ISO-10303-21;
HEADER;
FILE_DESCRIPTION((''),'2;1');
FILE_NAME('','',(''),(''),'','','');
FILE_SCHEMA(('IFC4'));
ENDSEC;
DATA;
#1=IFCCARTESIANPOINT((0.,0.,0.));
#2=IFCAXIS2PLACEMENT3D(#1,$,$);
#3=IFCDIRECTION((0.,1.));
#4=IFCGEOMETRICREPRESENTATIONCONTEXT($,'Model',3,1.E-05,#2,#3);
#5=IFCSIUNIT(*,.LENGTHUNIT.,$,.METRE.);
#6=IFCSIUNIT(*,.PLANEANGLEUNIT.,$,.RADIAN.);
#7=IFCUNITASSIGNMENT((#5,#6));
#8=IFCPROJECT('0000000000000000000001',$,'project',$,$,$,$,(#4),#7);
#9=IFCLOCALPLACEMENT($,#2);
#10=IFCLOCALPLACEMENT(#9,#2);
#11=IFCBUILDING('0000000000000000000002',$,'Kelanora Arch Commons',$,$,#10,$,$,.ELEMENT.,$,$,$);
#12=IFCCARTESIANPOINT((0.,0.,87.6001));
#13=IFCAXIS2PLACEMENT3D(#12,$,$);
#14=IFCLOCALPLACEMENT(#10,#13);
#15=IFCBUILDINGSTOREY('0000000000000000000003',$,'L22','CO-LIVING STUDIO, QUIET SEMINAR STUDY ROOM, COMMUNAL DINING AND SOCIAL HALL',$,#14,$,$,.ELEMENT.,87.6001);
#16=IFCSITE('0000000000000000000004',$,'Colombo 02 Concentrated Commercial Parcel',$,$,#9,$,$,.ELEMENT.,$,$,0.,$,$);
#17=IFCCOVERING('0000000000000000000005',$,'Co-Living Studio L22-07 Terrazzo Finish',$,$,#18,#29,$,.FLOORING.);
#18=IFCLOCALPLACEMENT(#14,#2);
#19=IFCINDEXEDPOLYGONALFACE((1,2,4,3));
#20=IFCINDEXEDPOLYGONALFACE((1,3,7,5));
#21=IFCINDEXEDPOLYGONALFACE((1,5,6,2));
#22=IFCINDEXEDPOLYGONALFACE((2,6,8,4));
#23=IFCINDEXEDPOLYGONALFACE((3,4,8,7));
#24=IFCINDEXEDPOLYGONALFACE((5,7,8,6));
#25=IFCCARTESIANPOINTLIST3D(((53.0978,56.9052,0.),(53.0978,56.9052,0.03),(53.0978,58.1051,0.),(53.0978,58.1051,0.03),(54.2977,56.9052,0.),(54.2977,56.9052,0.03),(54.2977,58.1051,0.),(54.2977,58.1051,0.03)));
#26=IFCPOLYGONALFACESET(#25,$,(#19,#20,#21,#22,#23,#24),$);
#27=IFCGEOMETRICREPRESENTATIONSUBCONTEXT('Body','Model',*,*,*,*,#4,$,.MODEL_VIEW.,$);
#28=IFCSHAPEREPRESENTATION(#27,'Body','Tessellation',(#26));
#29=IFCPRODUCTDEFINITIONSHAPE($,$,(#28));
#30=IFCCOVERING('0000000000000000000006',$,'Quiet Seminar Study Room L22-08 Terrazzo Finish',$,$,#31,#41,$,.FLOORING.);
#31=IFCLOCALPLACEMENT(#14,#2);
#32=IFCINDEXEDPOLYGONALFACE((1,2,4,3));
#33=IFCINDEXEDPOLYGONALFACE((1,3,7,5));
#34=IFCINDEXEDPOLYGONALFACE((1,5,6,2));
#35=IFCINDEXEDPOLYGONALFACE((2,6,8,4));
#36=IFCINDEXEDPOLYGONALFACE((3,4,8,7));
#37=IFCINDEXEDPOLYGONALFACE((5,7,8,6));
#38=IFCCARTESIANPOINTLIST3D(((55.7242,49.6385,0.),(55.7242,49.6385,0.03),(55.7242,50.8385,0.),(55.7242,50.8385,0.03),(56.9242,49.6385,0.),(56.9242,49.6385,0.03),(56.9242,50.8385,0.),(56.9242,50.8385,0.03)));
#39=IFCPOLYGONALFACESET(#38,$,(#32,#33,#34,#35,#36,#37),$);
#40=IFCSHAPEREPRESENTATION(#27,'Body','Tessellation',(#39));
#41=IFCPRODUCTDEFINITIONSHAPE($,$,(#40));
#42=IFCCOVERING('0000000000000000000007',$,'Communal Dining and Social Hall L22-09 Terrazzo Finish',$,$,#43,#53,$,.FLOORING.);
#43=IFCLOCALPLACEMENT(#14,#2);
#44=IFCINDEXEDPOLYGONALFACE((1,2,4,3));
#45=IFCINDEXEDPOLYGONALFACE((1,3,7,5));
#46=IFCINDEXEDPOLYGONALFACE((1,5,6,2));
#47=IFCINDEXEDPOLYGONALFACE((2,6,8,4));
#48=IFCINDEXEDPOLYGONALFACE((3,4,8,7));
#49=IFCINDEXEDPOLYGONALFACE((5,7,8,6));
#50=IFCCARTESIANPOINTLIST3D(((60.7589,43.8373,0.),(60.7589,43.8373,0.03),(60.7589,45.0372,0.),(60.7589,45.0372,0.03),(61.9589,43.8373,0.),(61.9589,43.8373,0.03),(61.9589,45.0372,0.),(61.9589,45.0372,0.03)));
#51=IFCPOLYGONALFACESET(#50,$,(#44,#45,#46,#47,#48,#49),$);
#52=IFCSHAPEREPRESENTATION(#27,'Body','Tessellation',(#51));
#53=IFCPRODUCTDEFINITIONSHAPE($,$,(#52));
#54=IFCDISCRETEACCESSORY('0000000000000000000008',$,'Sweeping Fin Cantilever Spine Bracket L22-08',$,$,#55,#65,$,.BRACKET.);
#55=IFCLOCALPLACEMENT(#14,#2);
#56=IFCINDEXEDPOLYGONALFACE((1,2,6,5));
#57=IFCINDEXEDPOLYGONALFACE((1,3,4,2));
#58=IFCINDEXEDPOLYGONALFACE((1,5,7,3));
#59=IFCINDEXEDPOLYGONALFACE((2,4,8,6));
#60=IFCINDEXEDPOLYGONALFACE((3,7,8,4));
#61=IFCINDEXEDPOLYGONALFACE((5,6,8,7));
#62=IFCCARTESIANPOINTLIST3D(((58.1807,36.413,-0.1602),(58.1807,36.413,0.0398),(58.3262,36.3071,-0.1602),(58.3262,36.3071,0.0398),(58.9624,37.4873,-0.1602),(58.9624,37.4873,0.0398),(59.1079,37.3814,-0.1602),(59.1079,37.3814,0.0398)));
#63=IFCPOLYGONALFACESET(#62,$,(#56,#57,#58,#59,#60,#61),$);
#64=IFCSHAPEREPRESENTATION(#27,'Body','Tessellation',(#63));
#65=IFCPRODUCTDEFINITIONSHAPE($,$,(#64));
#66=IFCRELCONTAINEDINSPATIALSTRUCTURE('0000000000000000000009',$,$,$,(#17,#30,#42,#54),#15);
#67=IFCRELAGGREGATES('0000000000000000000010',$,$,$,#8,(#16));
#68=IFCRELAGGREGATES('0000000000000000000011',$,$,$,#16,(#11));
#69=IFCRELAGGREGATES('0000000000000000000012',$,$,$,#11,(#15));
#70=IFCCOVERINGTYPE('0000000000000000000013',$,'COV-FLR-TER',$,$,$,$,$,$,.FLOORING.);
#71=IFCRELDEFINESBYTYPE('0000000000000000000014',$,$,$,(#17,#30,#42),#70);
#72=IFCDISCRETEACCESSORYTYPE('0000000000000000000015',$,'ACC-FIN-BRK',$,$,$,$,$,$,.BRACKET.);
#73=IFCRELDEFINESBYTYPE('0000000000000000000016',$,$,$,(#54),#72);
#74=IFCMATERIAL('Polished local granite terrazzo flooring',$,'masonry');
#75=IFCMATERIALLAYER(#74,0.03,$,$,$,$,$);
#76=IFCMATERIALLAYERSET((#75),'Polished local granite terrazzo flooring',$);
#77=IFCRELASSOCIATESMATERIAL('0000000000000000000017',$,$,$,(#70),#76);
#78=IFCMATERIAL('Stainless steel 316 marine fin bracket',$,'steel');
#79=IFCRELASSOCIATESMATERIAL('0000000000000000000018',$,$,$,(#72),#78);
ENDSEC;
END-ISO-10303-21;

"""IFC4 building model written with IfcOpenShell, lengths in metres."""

from ifc_helpers import new_model, si_unit, direction, frame, origin, origin_2d, place, context, subcontext, project, spatial, rectangle, extrude, source, transform, mapped, material, layer, layer_set, type_object, element, save


model = new_model("IFC4")

# Units and contexts
model_context = context("Model", 3, precision=1e-05, world=origin(), true_north=direction((0.0, 1.0)))
body_context = subcontext(model_context, "Body", "Model", "MODEL_VIEW")
ifc_project = project(units=[si_unit("LENGTHUNIT", "METRE"), si_unit("PLANEANGLEUNIT", "RADIAN")], contexts=[model_context])

# Site, building, storey
site_placement = place(None, origin())
site = spatial("IfcSite", under=ifc_project, at=site_placement, Name="Colombo 02 Concentrated Commercial Parcel", CompositionType="ELEMENT", RefElevation=0.0)
building_placement = place(site_placement, origin())
building = spatial("IfcBuilding", under=site, at=building_placement, Name="Kelanora Arch Commons", CompositionType="ELEMENT")
storey_placement = place(building_placement, frame((0.0, 0.0, 87.6001)))
storey = spatial("IfcBuildingStorey", under=building, at=storey_placement, Name="L22", Description="CO-LIVING STUDIO, QUIET SEMINAR STUDY ROOM, COMMUNAL DINING AND SOCIAL HALL", CompositionType="ELEMENT", Elevation=87.6001)

# Coverings
ifc_material_1 = material(Name="Polished local granite terrazzo flooring", Category="masonry")
ifc_layer_1 = layer(ifc_material_1, 0.03)
ifc_layer_set_1 = layer_set([ifc_layer_1], Name="Polished local granite terrazzo flooring")
covering_type = type_object("IfcCoveringType", Name="COV-FLR-TER", PredefinedType="FLOORING", material=ifc_layer_set_1)
shared_shape_1 = source(origin(), body_context, "Body", "SweptSolid", [
    extrude(rectangle(XDim=1.2, YDim=1.2, at=origin_2d()), origin(), (0.0, 0.0, 1.0), 0.03),
])
for number, where, z_axis, x_axis, name in (
    (1, (53.6978, 57.5051, 0.0), (0.0, 0.0, 1.0), (1.0, 0.0, 0.0), "Co-Living Studio L22-07 Terrazzo Finish"),
    (2, (56.3242, 50.2385, 0.0), (0.0, 0.0, 1.0), (1.0, 0.0, 0.0), "Quiet Seminar Study Room L22-08 Terrazzo Finish"),
    (3, (61.3589, 44.4373, 0.0), (0.0, 0.0, 1.0), (1.0, 0.0, 0.0), "Communal Dining and Social Hall L22-09 Terrazzo Finish"),
):
    element("IfcCovering", number, at=place(storey_placement, frame(where, z_axis=z_axis, x_axis=x_axis)), inside=storey, type_object=covering_type, Name=name, PredefinedType="FLOORING", context=body_context, shape_type="MappedRepresentation", body=[
        mapped(shared_shape_1, transform((0.0, 0.0, 0.0), scale=1.0)),
    ])

# Discrete accessory
ifc_material_2 = material(Name="Stainless steel 316 marine fin bracket", Category="steel")
discrete_accessory_type = type_object("IfcDiscreteAccessoryType", Name="ACC-FIN-BRK", PredefinedType="BRACKET", material=ifc_material_2)
shared_shape_2 = source(origin(), body_context, "Body", "SweptSolid", [
    extrude(rectangle(XDim=1.3286, YDim=0.1799, at=origin_2d()), origin(), (0.0, 0.0, 1.0), 0.2),
])
discrete_accessory_placement = place(storey_placement, frame((58.6443, 36.8972, -0.1602), z_axis=(0.0, 0.0, 1.0), x_axis=(-0.58835, -0.808606, 0.0)))
element("IfcDiscreteAccessory", 4, at=discrete_accessory_placement, inside=storey, type_object=discrete_accessory_type, Name="Sweeping Fin Cantilever Spine Bracket L22-08", PredefinedType="BRACKET", context=body_context, shape_type="MappedRepresentation", body=[
    mapped(shared_shape_2, transform((0.0, 0.0, 0.0), scale=1.0)),
])

save(model, "model.ifc")
